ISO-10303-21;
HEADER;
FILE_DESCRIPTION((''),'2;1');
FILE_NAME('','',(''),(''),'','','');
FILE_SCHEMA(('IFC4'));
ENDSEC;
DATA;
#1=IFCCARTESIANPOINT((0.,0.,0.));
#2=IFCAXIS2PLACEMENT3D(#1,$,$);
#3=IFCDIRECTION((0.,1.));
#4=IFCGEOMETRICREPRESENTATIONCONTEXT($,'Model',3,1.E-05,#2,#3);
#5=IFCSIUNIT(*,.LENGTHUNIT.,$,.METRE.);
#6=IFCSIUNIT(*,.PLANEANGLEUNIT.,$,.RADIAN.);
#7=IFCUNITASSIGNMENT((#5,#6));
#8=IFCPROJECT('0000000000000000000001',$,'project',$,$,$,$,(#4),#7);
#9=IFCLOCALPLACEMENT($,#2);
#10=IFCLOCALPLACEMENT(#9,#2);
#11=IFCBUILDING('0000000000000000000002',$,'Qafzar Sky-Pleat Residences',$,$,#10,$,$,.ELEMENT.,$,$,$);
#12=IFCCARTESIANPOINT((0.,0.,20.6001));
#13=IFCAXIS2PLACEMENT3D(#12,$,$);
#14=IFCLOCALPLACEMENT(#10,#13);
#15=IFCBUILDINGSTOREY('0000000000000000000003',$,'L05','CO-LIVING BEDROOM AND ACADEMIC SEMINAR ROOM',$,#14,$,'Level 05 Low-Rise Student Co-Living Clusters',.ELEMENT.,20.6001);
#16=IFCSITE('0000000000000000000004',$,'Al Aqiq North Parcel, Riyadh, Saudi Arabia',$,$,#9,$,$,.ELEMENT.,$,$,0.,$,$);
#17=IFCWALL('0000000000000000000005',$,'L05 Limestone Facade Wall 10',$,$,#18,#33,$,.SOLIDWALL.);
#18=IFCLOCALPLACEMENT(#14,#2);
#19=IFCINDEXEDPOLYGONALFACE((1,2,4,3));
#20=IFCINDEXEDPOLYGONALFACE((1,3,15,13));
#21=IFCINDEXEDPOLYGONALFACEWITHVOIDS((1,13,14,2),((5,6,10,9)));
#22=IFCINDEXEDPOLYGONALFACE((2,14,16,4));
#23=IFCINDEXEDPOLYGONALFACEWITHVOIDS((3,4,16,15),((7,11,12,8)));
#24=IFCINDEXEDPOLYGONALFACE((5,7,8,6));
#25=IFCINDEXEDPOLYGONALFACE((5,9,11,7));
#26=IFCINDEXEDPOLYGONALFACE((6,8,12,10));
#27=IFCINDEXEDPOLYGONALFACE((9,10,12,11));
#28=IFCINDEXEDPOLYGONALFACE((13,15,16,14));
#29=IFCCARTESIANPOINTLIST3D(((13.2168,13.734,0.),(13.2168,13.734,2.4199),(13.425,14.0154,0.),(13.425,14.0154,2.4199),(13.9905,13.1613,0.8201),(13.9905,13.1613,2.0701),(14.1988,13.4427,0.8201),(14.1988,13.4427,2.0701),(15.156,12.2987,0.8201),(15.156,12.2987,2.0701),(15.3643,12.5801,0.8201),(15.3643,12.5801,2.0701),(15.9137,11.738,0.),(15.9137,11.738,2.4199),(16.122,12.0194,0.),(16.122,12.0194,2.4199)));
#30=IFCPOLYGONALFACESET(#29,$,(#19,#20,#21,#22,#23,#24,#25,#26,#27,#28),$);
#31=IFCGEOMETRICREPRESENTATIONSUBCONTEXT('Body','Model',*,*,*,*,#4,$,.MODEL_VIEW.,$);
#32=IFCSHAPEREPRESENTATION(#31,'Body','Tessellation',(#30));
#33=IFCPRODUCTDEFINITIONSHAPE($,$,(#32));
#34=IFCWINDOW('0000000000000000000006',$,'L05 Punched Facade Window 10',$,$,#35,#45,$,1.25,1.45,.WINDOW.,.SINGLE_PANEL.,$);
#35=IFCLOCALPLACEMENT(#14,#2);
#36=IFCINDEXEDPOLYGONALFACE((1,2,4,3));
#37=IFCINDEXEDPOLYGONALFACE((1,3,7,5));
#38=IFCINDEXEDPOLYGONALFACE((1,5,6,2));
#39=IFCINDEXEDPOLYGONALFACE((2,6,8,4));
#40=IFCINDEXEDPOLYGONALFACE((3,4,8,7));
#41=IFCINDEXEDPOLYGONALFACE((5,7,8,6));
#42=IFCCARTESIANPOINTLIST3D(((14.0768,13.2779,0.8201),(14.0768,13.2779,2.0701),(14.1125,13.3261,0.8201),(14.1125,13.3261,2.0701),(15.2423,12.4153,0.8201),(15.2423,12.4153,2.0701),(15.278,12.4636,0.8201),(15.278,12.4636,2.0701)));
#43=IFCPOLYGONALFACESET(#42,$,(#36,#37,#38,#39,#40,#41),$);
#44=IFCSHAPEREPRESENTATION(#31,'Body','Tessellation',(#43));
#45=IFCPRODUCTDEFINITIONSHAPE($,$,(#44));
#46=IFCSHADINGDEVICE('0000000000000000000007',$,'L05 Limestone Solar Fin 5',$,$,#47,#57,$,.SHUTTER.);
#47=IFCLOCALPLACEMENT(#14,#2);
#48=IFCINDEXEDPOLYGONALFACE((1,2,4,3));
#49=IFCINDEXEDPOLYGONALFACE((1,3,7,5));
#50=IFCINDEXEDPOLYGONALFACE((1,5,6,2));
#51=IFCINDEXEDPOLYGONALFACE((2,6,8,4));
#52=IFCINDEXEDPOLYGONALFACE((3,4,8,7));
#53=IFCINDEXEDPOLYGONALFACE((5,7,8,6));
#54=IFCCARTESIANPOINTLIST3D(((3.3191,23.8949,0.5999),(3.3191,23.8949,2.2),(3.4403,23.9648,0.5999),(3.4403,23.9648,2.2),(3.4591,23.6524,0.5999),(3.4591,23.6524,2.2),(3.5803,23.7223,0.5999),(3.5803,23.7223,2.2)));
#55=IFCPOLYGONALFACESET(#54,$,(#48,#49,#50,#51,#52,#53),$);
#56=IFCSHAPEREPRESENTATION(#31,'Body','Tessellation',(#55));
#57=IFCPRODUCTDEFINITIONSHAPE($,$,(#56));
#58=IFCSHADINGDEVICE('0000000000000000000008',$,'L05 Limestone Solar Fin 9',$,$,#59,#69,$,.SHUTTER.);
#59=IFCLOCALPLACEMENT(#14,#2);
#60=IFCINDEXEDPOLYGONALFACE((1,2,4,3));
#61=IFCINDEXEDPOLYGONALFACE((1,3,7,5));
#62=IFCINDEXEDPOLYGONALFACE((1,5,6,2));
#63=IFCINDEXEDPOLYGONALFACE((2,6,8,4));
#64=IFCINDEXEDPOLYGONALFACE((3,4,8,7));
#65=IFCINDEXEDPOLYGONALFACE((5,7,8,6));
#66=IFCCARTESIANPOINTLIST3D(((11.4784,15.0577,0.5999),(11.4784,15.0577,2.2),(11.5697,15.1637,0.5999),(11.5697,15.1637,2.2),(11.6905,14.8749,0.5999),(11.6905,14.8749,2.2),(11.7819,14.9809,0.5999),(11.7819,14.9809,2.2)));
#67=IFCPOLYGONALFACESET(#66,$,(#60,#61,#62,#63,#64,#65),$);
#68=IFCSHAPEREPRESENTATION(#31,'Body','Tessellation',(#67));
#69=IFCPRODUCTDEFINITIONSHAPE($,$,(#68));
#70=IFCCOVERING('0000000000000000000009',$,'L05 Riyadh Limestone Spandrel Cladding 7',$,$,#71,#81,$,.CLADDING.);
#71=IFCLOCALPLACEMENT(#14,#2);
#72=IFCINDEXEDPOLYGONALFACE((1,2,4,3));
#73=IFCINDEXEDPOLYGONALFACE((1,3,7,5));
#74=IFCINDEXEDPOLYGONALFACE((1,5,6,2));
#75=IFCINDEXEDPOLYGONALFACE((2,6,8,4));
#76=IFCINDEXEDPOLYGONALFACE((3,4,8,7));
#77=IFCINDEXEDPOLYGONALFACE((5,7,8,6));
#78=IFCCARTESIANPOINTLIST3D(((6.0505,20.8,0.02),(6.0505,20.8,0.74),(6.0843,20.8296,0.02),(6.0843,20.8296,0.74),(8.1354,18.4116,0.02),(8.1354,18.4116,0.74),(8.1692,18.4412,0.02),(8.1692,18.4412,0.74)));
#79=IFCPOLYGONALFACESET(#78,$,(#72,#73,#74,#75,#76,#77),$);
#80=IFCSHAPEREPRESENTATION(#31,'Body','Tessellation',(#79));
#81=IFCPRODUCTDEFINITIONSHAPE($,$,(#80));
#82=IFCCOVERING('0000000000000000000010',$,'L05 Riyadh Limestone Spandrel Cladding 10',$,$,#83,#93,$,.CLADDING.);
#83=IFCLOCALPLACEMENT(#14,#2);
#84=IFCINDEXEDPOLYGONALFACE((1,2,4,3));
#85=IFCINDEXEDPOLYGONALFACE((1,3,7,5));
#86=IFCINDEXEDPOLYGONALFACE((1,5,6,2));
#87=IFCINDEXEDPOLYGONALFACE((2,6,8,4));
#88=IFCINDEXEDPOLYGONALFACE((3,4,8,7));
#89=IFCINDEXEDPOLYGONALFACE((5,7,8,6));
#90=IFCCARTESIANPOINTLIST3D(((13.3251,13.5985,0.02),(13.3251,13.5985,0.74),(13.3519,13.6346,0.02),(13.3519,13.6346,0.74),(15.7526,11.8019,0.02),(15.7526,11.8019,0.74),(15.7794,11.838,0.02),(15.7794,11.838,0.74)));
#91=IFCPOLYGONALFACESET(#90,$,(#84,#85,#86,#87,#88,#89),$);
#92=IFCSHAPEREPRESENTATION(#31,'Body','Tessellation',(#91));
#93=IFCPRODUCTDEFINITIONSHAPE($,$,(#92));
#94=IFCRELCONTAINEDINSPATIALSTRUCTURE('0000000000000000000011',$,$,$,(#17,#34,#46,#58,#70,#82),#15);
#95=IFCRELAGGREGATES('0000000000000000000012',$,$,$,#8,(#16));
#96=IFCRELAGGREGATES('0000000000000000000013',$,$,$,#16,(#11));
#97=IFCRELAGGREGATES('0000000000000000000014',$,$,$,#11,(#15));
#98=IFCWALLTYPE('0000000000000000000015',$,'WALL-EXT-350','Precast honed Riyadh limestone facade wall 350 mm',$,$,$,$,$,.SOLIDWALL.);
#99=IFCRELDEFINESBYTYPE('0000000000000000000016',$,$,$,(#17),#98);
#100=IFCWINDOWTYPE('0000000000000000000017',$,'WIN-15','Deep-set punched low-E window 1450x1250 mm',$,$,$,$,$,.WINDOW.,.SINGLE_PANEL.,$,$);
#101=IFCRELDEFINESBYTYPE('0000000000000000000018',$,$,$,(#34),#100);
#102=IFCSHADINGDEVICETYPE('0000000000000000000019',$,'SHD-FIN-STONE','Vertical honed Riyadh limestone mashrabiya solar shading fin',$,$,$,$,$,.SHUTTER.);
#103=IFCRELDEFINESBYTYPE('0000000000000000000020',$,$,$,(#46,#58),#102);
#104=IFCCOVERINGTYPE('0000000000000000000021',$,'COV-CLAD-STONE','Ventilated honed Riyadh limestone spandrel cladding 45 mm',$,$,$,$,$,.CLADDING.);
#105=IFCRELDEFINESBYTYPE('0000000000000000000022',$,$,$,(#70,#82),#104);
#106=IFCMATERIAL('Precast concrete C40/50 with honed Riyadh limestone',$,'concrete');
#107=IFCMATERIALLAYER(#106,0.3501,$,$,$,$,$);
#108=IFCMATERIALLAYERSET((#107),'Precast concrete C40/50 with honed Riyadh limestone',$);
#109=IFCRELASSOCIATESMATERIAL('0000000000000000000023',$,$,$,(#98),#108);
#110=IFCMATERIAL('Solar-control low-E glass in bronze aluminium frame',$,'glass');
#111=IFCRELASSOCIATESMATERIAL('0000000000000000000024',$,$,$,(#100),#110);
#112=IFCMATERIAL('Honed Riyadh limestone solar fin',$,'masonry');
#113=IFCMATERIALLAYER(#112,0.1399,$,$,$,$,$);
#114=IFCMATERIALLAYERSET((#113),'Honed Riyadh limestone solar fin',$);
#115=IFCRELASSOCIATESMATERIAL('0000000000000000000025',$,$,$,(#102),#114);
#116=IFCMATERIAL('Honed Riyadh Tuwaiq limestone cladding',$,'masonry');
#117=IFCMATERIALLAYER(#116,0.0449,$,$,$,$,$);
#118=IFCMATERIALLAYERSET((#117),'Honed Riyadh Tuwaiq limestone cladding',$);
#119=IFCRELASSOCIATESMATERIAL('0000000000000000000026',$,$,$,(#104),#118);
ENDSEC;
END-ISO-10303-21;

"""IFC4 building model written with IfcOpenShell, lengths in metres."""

from ifc_helpers import new_model, si_unit, direction, frame, frame_2d, origin, origin_2d, place, context, subcontext, project, spatial, rectangle, extrude, source, transform, mapped, material, layer, layer_set, type_object, element, fill, save


model = new_model("IFC4")

# Units and contexts
model_context = context("Model", 3, precision=1e-05, world=origin(), true_north=direction((0.0, 1.0)))
body_context = subcontext(model_context, "Body", "Model", "MODEL_VIEW")
ifc_project = project(units=[si_unit("LENGTHUNIT", "METRE"), si_unit("PLANEANGLEUNIT", "RADIAN")], contexts=[model_context])

# Site, building, storey
site_placement = place(None, origin())
site = spatial("IfcSite", under=ifc_project, at=site_placement, Name="Al Aqiq North Parcel, Riyadh, Saudi Arabia", CompositionType="ELEMENT", RefElevation=0.0)
building_placement = place(site_placement, origin())
building = spatial("IfcBuilding", under=site, at=building_placement, Name="Qafzar Sky-Pleat Residences", CompositionType="ELEMENT")
storey_placement = place(building_placement, frame((0.0, 0.0, 20.6001)))
storey = spatial("IfcBuildingStorey", under=building, at=storey_placement, Name="L05", Description="CO-LIVING BEDROOM AND ACADEMIC SEMINAR ROOM", LongName="Level 05 Low-Rise Student Co-Living Clusters", CompositionType="ELEMENT", Elevation=20.6001)

# Shared definitions
ifc_material_1 = material(Name="Precast concrete C40/50 with honed Riyadh limestone", Category="concrete")
ifc_layer_1 = layer(ifc_material_1, 0.3501)
ifc_layer_set_1 = layer_set([ifc_layer_1], Name="Precast concrete C40/50 with honed Riyadh limestone")
wall_type_1 = type_object("IfcWallType", Name="WALL-EXT-350", Description="Precast honed Riyadh limestone facade wall 350 mm", PredefinedType="SOLIDWALL", material=ifc_layer_set_1)
ifc_material_2 = material(Name="Solar-control low-E glass in bronze aluminium frame", Category="glass")
window_type_1 = type_object("IfcWindowType", Name="WIN-15", Description="Deep-set punched low-E window 1450x1250 mm", PartitioningType="SINGLE_PANEL", PredefinedType="WINDOW", material=ifc_material_2)
shared_shape_1 = source(origin(), body_context, "Body", "SweptSolid", [
    extrude(rectangle(XDim=1.45, YDim=1.25, at=frame_2d((0.7251, 0.625))), frame((0.0, 0.03, 0.0), z_axis=(0.0, -1.0, 0.0), x_axis=(1.0, 0.0, 0.0)), (0.0, 0.0, 1.0), 0.0601),
])

# Wall, opening, window
wall_1_placement = place(storey_placement, frame((13.3208, 13.8748, 0.0), z_axis=(0.0, 0.0, 1.0), x_axis=(0.803799, -0.5949, 0.0)))
wall_1 = element("IfcWall", 1, at=wall_1_placement, inside=storey, type_object=wall_type_1, Name="L05 Limestone Facade Wall 10", PredefinedType="SOLIDWALL", context=body_context, shape_type="SweptSolid", body=[
    extrude(rectangle(XDim=3.3552, YDim=0.3501, at=frame_2d((1.6777, 0.0))), origin(), (0.0, 0.0, 1.0), 2.4199),
])
opening_1_placement = place(wall_1_placement, frame((0.9626, 0.0, 0.8201)))
opening_1 = element("IfcOpeningElement", 2, at=opening_1_placement, cuts=wall_1, PredefinedType="OPENING", context=body_context, shape_type="SweptSolid", body=[
    extrude(rectangle(XDim=1.45, YDim=1.25, at=frame_2d((0.7251, 0.625))), frame((0.0, 0.1851, 0.0), z_axis=(0.0, -1.0, 0.0), x_axis=(1.0, 0.0, 0.0)), (0.0, 0.0, 1.0), 0.3701),
])
window_1_placement = place(opening_1_placement, origin())
window_1 = element("IfcWindow", 3, at=window_1_placement, inside=storey, type_object=window_type_1, Name="L05 Punched Facade Window 10", OverallHeight=1.25, OverallWidth=1.45, PartitioningType="SINGLE_PANEL", PredefinedType="WINDOW", context=body_context, shape_type="MappedRepresentation", body=[
    mapped(shared_shape_1, transform((0.0, 0.0, 0.0), x_axis=(1.0, 0.0, 0.0), y_axis=(0.0, 1.0, 0.0), z_axis=(0.0, 0.0, 1.0), scale=1.0)),
])
fill(opening_1, window_1)

# Shading devices
ifc_material_3 = material(Name="Honed Riyadh limestone solar fin", Category="masonry")
ifc_layer_2 = layer(ifc_material_3, 0.1399)
ifc_layer_set_2 = layer_set([ifc_layer_2], Name="Honed Riyadh limestone solar fin")
shading_device_type = type_object("IfcShadingDeviceType", Name="SHD-FIN-STONE", Description="Vertical honed Riyadh limestone mashrabiya solar shading fin", PredefinedType="SHUTTER", material=ifc_layer_set_2)
shared_shape_2 = source(origin(), body_context, "Body", "SweptSolid", [
    extrude(rectangle(XDim=0.1399, YDim=0.28, at=origin_2d()), origin(), (0.0, 0.0, 1.0), 1.6001),
])
for number, where, z_axis, x_axis, name in (
    (4, (3.4497, 23.8086, 0.5999), (0.0, 0.0, 1.0), (-0.866044, -0.499967, 0.0), "L05 Limestone Solar Fin 5"),
    (5, (11.6301, 15.0193, 0.5999), (0.0, 0.0, 1.0), (-0.652848, -0.757489, 0.0), "L05 Limestone Solar Fin 9"),
):
    element("IfcShadingDevice", number, at=place(storey_placement, frame(where, z_axis=z_axis, x_axis=x_axis)), inside=storey, type_object=shading_device_type, Name=name, PredefinedType="SHUTTER", context=body_context, shape_type="MappedRepresentation", body=[
        mapped(shared_shape_2, transform((0.0, 0.0, 0.0), x_axis=(1.0, 0.0, 0.0), y_axis=(0.0, 1.0, 0.0), z_axis=(0.0, 0.0, 1.0), scale=1.0)),
    ])

# Coverings
ifc_material_4 = material(Name="Honed Riyadh Tuwaiq limestone cladding", Category="masonry")
ifc_layer_3 = layer(ifc_material_4, 0.0449)
ifc_layer_set_3 = layer_set([ifc_layer_3], Name="Honed Riyadh Tuwaiq limestone cladding")
covering_type = type_object("IfcCoveringType", Name="COV-CLAD-STONE", Description="Ventilated honed Riyadh limestone spandrel cladding 45 mm", PredefinedType="CLADDING", material=ifc_layer_set_3)
shared_shape_3 = source(origin(), body_context, "Body", "SweptSolid", [
    extrude(rectangle(XDim=3.1704, YDim=0.0449, at=origin_2d()), origin(), (0.0, 0.0, 1.0), 0.72),
])
covering_1_placement = place(storey_placement, frame((7.1099, 19.6206, 0.02), z_axis=(0.0, 0.0, 1.0), x_axis=(0.657622, -0.753348, 0.0)))
element("IfcCovering", 6, at=covering_1_placement, inside=storey, type_object=covering_type, Name="L05 Riyadh Limestone Spandrel Cladding 7", PredefinedType="CLADDING", context=body_context, shape_type="MappedRepresentation", body=[
    mapped(shared_shape_3, transform((0.0, 0.0, 0.0), x_axis=(1.0, 0.0, 0.0), y_axis=(0.0, 1.0, 0.0), z_axis=(0.0, 0.0, 1.0), scale=1.0)),
])
shared_shape_4 = source(origin(), body_context, "Body", "SweptSolid", [
    extrude(rectangle(XDim=3.02, YDim=0.0449, at=origin_2d()), origin(), (0.0, 0.0, 1.0), 0.72),
])
covering_2_placement = place(storey_placement, frame((14.5522, 12.7183, 0.02), z_axis=(0.0, 0.0, 1.0), x_axis=(0.803807, -0.59489, 0.0)))
element("IfcCovering", 7, at=covering_2_placement, inside=storey, type_object=covering_type, Name="L05 Riyadh Limestone Spandrel Cladding 10", PredefinedType="CLADDING", context=body_context, shape_type="MappedRepresentation", body=[
    mapped(shared_shape_4, transform((0.0, 0.0, 0.0), x_axis=(1.0, 0.0, 0.0), y_axis=(0.0, 1.0, 0.0), z_axis=(0.0, 0.0, 1.0), scale=1.0)),
])

save(model, "model.ifc")
